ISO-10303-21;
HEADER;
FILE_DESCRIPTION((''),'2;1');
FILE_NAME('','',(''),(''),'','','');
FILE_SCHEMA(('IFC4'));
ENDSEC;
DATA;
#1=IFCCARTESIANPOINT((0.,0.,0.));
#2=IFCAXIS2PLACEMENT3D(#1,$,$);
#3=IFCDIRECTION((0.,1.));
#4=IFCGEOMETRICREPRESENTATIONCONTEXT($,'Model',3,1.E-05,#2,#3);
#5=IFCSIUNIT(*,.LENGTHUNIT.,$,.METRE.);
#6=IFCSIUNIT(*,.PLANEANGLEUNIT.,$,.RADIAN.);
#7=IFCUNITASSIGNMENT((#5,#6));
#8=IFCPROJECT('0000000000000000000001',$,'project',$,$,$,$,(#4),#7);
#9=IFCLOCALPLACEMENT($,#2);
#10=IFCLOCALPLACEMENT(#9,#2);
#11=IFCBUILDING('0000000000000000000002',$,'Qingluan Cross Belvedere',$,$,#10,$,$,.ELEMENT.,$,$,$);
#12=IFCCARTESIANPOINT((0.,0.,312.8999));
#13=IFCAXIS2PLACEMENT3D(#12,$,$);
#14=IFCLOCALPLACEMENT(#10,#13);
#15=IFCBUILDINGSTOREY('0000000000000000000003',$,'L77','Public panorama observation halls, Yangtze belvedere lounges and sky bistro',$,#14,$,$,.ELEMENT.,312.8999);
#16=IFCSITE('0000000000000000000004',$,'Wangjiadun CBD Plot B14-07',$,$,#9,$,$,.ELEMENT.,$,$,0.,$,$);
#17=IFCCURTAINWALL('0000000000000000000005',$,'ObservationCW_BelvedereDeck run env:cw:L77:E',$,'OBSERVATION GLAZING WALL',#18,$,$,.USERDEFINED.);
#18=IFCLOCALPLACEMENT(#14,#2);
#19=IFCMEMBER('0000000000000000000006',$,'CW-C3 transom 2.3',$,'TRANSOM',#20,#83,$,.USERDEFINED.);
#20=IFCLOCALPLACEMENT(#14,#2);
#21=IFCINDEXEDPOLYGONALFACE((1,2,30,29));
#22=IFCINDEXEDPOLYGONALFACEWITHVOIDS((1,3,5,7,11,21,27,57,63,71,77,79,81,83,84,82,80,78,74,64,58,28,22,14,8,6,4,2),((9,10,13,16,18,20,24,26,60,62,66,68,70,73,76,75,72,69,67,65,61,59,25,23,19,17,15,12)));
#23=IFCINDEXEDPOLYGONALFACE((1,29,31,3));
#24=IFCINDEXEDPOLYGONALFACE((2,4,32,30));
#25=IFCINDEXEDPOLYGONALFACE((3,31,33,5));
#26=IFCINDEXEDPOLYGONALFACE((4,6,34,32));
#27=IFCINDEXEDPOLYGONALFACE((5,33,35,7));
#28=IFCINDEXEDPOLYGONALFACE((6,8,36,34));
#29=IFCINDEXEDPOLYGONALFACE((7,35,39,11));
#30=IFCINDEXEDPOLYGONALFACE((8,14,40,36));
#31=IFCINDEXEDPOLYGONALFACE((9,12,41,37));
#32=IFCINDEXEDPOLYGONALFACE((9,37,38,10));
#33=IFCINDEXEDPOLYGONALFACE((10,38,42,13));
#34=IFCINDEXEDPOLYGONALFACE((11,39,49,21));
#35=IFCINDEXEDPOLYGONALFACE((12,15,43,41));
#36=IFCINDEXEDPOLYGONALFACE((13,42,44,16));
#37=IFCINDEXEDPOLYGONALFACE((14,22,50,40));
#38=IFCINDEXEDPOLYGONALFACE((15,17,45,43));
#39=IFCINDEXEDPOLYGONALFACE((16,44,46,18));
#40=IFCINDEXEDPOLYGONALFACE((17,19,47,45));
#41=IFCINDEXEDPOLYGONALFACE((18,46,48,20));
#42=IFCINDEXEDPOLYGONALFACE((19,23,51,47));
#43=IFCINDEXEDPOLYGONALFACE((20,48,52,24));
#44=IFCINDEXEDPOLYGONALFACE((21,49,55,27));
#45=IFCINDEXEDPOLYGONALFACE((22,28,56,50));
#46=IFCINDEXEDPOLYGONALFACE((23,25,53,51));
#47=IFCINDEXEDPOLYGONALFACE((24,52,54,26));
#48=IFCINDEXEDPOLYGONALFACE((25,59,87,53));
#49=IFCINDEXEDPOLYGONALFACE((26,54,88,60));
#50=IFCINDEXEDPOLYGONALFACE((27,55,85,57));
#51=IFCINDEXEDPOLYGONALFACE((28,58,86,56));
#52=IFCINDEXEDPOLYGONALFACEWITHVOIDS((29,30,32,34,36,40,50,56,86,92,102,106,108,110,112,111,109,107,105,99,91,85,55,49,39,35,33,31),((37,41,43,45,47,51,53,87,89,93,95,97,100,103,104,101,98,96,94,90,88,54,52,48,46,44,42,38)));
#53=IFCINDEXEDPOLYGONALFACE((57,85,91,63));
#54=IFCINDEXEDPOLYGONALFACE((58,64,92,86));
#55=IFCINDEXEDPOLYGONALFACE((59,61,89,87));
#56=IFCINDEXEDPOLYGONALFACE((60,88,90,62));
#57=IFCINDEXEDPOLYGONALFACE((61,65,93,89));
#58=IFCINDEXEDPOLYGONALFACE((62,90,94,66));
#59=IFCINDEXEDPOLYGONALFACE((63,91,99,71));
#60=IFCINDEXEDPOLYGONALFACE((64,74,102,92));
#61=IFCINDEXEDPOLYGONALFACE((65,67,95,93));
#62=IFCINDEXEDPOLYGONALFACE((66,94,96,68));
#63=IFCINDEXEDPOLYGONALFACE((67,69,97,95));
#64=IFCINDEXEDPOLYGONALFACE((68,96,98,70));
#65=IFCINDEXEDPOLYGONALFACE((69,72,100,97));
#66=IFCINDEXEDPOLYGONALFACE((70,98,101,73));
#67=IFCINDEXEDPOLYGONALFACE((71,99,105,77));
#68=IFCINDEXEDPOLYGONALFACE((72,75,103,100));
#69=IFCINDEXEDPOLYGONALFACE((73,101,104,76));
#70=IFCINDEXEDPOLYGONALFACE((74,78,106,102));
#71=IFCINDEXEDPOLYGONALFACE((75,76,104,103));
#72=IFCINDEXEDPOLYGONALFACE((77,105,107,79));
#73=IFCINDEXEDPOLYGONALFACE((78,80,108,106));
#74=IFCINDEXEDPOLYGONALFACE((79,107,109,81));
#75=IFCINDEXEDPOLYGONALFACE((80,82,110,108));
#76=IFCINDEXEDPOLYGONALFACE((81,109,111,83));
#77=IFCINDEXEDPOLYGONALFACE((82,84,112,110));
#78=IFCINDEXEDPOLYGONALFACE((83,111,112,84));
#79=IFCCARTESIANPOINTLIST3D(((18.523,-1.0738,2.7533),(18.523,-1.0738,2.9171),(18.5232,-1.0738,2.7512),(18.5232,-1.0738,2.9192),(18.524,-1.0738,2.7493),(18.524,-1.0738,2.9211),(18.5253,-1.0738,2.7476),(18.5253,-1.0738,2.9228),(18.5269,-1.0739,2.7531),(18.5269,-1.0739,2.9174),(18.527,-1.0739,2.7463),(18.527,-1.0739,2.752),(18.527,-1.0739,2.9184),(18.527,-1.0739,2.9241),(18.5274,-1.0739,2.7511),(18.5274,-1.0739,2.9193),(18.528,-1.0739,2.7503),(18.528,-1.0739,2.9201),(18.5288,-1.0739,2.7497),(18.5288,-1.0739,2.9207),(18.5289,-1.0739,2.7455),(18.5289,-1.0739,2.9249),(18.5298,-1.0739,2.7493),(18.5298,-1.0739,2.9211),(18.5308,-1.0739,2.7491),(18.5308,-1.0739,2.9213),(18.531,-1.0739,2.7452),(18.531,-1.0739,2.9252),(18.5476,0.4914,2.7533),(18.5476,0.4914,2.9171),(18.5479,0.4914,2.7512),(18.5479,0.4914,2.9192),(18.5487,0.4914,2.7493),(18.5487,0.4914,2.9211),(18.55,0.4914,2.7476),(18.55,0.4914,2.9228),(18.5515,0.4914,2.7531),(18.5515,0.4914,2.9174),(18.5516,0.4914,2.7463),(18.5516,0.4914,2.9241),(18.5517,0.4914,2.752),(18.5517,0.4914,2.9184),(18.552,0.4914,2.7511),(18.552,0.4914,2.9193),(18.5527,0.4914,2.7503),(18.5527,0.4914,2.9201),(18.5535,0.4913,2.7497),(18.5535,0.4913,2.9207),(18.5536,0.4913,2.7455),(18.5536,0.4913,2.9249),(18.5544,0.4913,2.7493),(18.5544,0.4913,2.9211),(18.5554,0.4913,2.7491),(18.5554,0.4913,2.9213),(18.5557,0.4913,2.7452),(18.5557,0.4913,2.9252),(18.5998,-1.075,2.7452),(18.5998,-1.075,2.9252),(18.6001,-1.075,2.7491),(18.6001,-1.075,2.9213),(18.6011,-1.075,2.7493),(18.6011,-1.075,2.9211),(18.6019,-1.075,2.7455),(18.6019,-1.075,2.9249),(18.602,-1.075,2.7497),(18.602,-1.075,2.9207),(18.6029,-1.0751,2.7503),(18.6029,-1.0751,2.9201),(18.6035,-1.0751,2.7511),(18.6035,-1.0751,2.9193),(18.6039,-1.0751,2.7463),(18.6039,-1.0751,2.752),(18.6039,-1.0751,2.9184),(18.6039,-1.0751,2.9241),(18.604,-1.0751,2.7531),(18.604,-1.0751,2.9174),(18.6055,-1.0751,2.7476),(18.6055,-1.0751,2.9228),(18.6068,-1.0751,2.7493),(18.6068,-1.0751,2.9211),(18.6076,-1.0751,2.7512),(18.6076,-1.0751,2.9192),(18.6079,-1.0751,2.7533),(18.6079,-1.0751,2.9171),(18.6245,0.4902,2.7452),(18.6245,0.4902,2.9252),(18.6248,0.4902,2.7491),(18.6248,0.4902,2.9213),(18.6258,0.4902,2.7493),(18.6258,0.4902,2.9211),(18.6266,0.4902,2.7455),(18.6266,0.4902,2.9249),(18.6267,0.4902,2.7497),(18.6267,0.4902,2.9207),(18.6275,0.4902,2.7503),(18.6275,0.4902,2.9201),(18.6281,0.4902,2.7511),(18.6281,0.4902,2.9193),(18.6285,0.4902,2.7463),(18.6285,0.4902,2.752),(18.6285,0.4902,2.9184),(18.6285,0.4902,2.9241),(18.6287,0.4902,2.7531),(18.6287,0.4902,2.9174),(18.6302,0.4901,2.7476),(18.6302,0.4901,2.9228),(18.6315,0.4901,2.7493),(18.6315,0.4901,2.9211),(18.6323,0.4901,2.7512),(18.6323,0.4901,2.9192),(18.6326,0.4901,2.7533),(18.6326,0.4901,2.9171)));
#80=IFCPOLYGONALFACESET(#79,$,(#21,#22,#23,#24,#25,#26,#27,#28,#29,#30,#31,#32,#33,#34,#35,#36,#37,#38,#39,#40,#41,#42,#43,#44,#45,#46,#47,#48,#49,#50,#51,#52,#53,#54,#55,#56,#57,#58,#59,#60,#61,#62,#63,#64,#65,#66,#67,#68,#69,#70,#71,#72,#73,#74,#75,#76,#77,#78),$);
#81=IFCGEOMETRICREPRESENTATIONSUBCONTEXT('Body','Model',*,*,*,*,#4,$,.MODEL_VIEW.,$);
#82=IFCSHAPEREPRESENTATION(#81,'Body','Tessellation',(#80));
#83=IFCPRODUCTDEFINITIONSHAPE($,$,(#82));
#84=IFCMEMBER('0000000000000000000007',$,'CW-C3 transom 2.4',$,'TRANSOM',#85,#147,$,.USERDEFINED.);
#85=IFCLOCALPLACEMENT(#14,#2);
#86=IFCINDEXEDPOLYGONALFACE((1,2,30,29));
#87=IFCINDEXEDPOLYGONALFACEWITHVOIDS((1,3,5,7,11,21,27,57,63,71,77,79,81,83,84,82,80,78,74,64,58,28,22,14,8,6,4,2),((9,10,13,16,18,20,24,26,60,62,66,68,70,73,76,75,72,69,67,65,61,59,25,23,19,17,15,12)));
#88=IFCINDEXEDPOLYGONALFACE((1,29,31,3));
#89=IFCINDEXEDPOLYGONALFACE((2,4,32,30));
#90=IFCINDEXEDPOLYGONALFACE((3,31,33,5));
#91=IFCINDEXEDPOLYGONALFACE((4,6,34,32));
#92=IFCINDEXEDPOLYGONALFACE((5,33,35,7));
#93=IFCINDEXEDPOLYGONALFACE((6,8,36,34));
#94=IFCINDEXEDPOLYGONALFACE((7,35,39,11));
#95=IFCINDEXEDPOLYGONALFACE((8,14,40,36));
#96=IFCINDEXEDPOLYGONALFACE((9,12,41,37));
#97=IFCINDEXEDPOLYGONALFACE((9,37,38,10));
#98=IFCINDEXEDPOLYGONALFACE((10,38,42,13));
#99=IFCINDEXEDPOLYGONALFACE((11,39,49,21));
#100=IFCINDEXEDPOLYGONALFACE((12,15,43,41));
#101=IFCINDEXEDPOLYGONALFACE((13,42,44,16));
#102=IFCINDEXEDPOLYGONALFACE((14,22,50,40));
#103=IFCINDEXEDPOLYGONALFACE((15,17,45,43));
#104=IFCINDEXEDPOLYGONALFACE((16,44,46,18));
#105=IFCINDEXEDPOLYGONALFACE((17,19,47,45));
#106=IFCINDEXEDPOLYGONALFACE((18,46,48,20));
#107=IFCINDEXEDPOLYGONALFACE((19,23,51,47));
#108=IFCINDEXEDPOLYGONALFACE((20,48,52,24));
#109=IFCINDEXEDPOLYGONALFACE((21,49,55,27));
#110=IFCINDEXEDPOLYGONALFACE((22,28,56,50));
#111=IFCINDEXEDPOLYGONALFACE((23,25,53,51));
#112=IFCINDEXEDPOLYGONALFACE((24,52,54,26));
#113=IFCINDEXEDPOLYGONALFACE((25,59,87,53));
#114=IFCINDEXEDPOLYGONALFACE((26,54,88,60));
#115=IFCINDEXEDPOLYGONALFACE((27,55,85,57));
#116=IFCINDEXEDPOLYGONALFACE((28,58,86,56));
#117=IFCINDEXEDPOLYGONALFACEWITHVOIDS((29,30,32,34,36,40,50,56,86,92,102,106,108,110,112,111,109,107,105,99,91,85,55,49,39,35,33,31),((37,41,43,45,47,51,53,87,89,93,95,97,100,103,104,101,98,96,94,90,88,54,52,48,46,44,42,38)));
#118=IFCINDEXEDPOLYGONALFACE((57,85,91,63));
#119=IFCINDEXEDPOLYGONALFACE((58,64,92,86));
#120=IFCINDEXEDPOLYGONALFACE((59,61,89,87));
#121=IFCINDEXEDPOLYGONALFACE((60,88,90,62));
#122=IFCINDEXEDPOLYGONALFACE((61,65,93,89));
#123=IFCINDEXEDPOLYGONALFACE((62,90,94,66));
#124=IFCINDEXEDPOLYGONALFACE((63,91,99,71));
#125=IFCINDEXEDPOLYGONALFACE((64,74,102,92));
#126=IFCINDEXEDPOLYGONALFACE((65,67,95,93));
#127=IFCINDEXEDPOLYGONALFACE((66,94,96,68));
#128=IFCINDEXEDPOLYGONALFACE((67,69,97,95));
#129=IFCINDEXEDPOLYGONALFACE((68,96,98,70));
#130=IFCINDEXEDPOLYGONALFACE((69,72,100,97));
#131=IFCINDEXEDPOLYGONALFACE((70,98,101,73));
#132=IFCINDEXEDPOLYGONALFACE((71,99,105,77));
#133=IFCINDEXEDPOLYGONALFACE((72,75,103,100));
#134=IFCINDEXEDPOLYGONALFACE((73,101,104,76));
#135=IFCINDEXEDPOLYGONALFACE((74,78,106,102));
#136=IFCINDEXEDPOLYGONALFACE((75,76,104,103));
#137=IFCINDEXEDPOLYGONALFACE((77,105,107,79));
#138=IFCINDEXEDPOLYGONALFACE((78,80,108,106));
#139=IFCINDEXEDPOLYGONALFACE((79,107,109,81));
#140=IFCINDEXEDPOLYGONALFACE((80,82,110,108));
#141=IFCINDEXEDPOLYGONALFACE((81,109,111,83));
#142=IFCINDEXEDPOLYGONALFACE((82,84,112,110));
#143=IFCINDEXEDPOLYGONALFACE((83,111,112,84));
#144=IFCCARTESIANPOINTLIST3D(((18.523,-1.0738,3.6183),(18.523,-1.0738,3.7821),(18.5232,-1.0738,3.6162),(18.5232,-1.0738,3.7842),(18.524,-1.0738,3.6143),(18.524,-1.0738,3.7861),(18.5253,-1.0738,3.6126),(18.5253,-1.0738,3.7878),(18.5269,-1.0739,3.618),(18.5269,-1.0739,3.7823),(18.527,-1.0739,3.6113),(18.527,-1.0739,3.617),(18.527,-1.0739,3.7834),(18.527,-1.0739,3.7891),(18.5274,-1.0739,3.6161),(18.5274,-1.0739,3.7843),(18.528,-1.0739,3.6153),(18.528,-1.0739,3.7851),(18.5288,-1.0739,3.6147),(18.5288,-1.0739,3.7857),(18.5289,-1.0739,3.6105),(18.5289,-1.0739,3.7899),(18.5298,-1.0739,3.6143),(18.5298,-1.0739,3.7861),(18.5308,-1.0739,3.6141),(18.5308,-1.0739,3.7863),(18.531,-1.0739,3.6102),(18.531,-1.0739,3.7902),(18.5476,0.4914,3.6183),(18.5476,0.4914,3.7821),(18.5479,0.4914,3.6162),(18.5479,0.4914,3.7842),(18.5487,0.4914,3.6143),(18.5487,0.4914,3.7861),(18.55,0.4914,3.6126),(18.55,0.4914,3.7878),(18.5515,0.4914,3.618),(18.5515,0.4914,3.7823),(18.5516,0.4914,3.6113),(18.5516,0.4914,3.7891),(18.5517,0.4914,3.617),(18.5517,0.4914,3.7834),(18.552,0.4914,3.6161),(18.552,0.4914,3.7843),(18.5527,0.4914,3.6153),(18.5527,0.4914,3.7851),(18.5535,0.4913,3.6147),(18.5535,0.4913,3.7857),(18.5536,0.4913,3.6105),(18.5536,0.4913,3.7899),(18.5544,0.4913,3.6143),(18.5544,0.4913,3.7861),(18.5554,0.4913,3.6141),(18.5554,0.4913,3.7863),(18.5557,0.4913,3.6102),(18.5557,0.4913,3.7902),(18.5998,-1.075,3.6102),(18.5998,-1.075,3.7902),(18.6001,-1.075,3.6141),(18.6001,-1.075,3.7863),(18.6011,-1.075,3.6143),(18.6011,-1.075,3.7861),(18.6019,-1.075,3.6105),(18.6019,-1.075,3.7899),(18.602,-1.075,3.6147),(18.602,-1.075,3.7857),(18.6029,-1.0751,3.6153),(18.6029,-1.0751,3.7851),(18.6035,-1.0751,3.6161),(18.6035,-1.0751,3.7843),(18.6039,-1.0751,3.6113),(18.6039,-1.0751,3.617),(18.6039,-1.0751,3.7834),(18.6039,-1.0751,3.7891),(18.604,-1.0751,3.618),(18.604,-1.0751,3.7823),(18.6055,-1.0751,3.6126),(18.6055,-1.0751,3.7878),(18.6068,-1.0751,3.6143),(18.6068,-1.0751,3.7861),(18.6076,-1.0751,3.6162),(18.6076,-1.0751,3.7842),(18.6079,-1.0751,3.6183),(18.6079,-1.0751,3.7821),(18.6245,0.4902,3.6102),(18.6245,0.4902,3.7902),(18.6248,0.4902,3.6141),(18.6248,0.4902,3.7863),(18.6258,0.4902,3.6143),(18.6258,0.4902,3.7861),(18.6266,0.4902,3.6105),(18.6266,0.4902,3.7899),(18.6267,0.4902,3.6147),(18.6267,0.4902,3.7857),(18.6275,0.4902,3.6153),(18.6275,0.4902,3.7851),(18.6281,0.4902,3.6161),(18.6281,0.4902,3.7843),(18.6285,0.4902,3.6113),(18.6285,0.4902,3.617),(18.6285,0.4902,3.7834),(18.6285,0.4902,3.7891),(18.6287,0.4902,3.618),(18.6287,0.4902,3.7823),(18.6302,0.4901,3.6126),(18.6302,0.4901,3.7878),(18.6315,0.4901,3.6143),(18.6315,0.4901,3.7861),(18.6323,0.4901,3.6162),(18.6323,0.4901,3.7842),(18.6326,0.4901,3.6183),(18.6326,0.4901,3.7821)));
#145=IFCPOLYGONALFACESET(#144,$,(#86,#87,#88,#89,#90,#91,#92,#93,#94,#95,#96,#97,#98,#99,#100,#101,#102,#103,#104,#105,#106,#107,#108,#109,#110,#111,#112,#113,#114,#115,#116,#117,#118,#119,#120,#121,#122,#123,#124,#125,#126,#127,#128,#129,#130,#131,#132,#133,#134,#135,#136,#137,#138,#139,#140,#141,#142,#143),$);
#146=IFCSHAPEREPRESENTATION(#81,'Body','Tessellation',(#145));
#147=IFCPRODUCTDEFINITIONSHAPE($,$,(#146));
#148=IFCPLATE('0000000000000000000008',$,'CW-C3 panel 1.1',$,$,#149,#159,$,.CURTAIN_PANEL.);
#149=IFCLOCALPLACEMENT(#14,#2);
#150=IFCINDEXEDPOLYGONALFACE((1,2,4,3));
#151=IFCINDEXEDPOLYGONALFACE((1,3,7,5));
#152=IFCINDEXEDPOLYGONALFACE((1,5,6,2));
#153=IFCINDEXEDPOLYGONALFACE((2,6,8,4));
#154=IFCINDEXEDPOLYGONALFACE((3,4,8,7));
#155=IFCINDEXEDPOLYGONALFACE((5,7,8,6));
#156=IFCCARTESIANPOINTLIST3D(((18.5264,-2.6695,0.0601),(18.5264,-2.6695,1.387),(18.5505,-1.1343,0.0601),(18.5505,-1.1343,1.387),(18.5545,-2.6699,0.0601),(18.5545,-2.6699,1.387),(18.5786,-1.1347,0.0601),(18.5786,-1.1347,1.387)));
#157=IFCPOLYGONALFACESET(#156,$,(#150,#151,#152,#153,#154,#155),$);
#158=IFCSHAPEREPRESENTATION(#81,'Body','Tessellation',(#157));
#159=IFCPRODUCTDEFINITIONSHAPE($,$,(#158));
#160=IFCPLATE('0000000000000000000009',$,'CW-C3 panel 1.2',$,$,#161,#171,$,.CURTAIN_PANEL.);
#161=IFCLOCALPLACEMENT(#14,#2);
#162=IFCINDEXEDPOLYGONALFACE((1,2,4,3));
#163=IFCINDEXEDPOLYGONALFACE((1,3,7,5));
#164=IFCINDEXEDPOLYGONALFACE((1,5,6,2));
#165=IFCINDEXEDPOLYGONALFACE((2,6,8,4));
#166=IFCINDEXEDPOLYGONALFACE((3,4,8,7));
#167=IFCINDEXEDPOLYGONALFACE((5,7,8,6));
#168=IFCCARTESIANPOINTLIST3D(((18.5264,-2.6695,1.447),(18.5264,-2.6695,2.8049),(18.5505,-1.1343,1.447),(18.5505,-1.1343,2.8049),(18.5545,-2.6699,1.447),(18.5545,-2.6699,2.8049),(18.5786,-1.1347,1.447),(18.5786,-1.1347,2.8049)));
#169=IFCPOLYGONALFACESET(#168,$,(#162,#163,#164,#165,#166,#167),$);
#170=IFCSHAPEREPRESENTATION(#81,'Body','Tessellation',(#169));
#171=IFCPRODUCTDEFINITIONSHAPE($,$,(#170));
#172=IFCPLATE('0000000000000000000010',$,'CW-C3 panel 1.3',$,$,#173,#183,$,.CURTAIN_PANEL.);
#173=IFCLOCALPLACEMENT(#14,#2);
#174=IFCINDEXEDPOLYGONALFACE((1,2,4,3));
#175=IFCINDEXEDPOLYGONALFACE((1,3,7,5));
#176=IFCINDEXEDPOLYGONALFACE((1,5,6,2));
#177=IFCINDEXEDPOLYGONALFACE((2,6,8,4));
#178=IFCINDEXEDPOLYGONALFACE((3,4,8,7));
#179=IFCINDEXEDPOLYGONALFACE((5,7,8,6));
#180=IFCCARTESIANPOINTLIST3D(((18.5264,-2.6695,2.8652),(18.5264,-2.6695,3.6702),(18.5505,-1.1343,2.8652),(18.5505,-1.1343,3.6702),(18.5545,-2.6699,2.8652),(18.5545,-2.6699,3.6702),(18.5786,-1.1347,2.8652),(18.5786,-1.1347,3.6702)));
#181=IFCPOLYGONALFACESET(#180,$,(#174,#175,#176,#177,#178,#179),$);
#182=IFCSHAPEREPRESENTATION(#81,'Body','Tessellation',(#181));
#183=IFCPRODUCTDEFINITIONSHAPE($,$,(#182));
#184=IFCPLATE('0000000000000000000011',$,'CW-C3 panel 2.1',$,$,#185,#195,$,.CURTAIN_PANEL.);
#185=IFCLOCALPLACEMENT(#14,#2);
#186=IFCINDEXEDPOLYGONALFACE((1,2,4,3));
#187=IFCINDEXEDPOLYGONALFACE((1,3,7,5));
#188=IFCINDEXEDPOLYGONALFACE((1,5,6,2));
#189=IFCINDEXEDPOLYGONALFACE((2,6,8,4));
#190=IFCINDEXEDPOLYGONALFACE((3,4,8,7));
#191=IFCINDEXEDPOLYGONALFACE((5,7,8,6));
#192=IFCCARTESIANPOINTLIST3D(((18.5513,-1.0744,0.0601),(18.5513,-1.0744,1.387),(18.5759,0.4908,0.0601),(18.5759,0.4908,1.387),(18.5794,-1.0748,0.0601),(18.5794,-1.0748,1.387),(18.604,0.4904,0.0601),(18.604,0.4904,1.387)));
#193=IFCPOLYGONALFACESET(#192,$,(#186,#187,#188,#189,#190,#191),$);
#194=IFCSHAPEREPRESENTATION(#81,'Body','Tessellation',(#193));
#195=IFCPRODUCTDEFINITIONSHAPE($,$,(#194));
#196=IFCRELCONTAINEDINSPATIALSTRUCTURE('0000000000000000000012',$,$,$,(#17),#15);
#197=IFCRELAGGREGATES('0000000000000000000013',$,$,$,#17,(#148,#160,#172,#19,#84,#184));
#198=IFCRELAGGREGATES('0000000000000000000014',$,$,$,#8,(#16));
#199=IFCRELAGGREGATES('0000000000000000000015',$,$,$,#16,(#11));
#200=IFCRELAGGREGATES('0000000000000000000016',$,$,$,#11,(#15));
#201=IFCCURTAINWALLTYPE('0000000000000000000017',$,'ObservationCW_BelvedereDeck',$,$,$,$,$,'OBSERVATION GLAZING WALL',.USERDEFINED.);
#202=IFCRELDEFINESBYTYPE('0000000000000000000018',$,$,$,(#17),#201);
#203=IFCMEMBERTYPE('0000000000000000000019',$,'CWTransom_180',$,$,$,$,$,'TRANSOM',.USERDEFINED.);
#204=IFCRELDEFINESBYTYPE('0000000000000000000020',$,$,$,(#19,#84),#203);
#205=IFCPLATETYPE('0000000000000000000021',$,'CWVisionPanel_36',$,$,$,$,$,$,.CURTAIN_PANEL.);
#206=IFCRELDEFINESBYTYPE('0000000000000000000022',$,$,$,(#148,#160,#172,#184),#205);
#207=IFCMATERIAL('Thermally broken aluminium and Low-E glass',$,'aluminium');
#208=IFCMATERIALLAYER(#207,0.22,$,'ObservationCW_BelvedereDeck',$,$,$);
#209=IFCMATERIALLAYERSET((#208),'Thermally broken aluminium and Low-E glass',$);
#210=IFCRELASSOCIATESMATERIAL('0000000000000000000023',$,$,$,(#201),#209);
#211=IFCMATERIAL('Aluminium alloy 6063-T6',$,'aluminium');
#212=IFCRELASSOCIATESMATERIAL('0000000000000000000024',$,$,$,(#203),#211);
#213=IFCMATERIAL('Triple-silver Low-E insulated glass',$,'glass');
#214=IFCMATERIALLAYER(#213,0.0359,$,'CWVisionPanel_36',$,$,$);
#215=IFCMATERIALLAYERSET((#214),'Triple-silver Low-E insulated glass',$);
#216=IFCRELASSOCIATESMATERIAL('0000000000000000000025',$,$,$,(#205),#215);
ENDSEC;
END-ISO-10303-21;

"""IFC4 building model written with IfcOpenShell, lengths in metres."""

from ifc_helpers import new_model, si_unit, direction, frame, origin, origin_2d, place, context, subcontext, project, spatial, rectangle, hollow_rectangle, extrude, material, layer, layer_set, material_profile, profile_set, type_object, element, aggregate, save


model = new_model("IFC4")

# Units and contexts
model_context = context("Model", 3, precision=1e-05, world=origin(), true_north=direction((0.0, 1.0)))
body_context = subcontext(model_context, "Body", "Model", "MODEL_VIEW")
ifc_project = project(units=[si_unit("LENGTHUNIT", "METRE"), si_unit("PLANEANGLEUNIT", "RADIAN")], contexts=[model_context])

# Site, building, storey
site_placement = place(None, origin())
site = spatial("IfcSite", under=ifc_project, at=site_placement, Name="Wangjiadun CBD Plot B14-07", CompositionType="ELEMENT", RefElevation=0.0)
building_placement = place(site_placement, origin())
building = spatial("IfcBuilding", under=site, at=building_placement, Name="Qingluan Cross Belvedere", CompositionType="ELEMENT")
storey_placement = place(building_placement, frame((0.0, 0.0, 312.8999)))
storey = spatial("IfcBuildingStorey", under=building, at=storey_placement, Name="L77", Description="Public panorama observation halls, Yangtze belvedere lounges and sky bistro", CompositionType="ELEMENT", Elevation=312.8999)

# Curtain wall, members, plates
ifc_material_1 = material(Name="Thermally broken aluminium and Low-E glass", Category="aluminium")
ifc_layer_1 = layer(ifc_material_1, 0.22, Name="ObservationCW_BelvedereDeck")
ifc_layer_set_1 = layer_set([ifc_layer_1], Name="Thermally broken aluminium and Low-E glass")
curtain_wall_type = type_object("IfcCurtainWallType", Name="ObservationCW_BelvedereDeck", ElementType="OBSERVATION GLAZING WALL", PredefinedType="USERDEFINED", material=ifc_layer_set_1)
curtain_wall_placement = place(storey_placement, origin())
curtain_wall = element("IfcCurtainWall", 1, at=curtain_wall_placement, inside=storey, type_object=curtain_wall_type, Name="ObservationCW_BelvedereDeck run env:cw:L77:E", ObjectType="OBSERVATION GLAZING WALL", PredefinedType="USERDEFINED")
ifc_material_2 = material(Name="Aluminium alloy 6063-T6", Category="aluminium")
ifc_material_profile_1 = material_profile(ifc_material_2, hollow_rectangle(XDim=0.085, YDim=0.1799, WallThickness=0.0039, InnerFilletRadius=0.0039, OuterFilletRadius=0.0081, at=origin_2d()), Name="CWT180x85x4")
ifc_profile_set_1 = profile_set([ifc_material_profile_1], Name="Aluminium alloy 6063-T6")
member_type_1 = type_object("IfcMemberType", Name="CWTransom_180", ElementType="TRANSOM", PredefinedType="USERDEFINED", material=ifc_profile_set_1)
member_1_placement = place(storey_placement, frame((18.5654, -1.0745, 2.8352), z_axis=(0.015752, 0.999876, 0.0), x_axis=(-0.999876, 0.015752, 0.0)))
member_1 = element("IfcMember", 2, at=member_1_placement, type_object=member_type_1, Name="CW-C3 transom 2.3", ObjectType="TRANSOM", PredefinedType="USERDEFINED", context=body_context, shape_type="SweptSolid", body=[
    extrude(hollow_rectangle(XDim=0.085, YDim=0.1799, WallThickness=0.0039, InnerFilletRadius=0.0039, OuterFilletRadius=0.0081, at=origin_2d()), origin(), (0.0, 0.0, 1.0), 1.5654),
])
member_2_placement = place(storey_placement, frame((18.5654, -1.0745, 3.7002), z_axis=(0.015752, 0.999876, 0.0), x_axis=(-0.999876, 0.015752, 0.0)))
member_2 = element("IfcMember", 3, at=member_2_placement, type_object=member_type_1, Name="CW-C3 transom 2.4", ObjectType="TRANSOM", PredefinedType="USERDEFINED", context=body_context, shape_type="SweptSolid", body=[
    extrude(hollow_rectangle(XDim=0.085, YDim=0.1799, WallThickness=0.0039, InnerFilletRadius=0.0039, OuterFilletRadius=0.0081, at=origin_2d()), origin(), (0.0, 0.0, 1.0), 1.5654),
])
ifc_material_3 = material(Name="Triple-silver Low-E insulated glass", Category="glass")
ifc_layer_2 = layer(ifc_material_3, 0.0359, Name="CWVisionPanel_36")
ifc_layer_set_2 = layer_set([ifc_layer_2], Name="Triple-silver Low-E insulated glass")
plate_type = type_object("IfcPlateType", Name="CWVisionPanel_36", PredefinedType="CURTAIN_PANEL", material=ifc_layer_set_2)
plate_1_placement = place(storey_placement, frame((18.5525, -1.9021, 0.0601), z_axis=(0.0, 0.0, 1.0), x_axis=(0.01571, 0.999877, 0.0)))
plate_1 = element("IfcPlate", 4, at=plate_1_placement, type_object=plate_type, Name="CW-C3 panel 1.1", PredefinedType="CURTAIN_PANEL", context=body_context, shape_type="SweptSolid", body=[
    extrude(rectangle(XDim=1.5354, YDim=0.0281, at=origin_2d()), origin(), (0.0, 0.0, 1.0), 1.3269),
])
plate_2_placement = place(storey_placement, frame((18.5525, -1.9021, 1.447), z_axis=(0.0, 0.0, 1.0), x_axis=(0.01571, 0.999877, 0.0)))
plate_2 = element("IfcPlate", 5, at=plate_2_placement, type_object=plate_type, Name="CW-C3 panel 1.2", PredefinedType="CURTAIN_PANEL", context=body_context, shape_type="SweptSolid", body=[
    extrude(rectangle(XDim=1.5354, YDim=0.0281, at=origin_2d()), origin(), (0.0, 0.0, 1.0), 1.3579),
])
plate_3_placement = place(storey_placement, frame((18.5525, -1.9021, 2.8652), z_axis=(0.0, 0.0, 1.0), x_axis=(0.01571, 0.999877, 0.0)))
plate_3 = element("IfcPlate", 6, at=plate_3_placement, type_object=plate_type, Name="CW-C3 panel 1.3", PredefinedType="CURTAIN_PANEL", context=body_context, shape_type="SweptSolid", body=[
    extrude(rectangle(XDim=1.5354, YDim=0.0281, at=origin_2d()), origin(), (0.0, 0.0, 1.0), 0.8049),
])
plate_4_placement = place(storey_placement, frame((18.5776, -0.292, 0.0601), z_axis=(0.0, 0.0, 1.0), x_axis=(0.01571, 0.999877, 0.0)))
plate_4 = element("IfcPlate", 7, at=plate_4_placement, type_object=plate_type, Name="CW-C3 panel 2.1", PredefinedType="CURTAIN_PANEL", context=body_context, shape_type="SweptSolid", body=[
    extrude(rectangle(XDim=1.5654, YDim=0.0281, at=origin_2d()), origin(), (0.0, 0.0, 1.0), 1.3269),
])
aggregate(curtain_wall, [plate_1, plate_2, plate_3, member_1, member_2, plate_4])

save(model, "model.ifc")
